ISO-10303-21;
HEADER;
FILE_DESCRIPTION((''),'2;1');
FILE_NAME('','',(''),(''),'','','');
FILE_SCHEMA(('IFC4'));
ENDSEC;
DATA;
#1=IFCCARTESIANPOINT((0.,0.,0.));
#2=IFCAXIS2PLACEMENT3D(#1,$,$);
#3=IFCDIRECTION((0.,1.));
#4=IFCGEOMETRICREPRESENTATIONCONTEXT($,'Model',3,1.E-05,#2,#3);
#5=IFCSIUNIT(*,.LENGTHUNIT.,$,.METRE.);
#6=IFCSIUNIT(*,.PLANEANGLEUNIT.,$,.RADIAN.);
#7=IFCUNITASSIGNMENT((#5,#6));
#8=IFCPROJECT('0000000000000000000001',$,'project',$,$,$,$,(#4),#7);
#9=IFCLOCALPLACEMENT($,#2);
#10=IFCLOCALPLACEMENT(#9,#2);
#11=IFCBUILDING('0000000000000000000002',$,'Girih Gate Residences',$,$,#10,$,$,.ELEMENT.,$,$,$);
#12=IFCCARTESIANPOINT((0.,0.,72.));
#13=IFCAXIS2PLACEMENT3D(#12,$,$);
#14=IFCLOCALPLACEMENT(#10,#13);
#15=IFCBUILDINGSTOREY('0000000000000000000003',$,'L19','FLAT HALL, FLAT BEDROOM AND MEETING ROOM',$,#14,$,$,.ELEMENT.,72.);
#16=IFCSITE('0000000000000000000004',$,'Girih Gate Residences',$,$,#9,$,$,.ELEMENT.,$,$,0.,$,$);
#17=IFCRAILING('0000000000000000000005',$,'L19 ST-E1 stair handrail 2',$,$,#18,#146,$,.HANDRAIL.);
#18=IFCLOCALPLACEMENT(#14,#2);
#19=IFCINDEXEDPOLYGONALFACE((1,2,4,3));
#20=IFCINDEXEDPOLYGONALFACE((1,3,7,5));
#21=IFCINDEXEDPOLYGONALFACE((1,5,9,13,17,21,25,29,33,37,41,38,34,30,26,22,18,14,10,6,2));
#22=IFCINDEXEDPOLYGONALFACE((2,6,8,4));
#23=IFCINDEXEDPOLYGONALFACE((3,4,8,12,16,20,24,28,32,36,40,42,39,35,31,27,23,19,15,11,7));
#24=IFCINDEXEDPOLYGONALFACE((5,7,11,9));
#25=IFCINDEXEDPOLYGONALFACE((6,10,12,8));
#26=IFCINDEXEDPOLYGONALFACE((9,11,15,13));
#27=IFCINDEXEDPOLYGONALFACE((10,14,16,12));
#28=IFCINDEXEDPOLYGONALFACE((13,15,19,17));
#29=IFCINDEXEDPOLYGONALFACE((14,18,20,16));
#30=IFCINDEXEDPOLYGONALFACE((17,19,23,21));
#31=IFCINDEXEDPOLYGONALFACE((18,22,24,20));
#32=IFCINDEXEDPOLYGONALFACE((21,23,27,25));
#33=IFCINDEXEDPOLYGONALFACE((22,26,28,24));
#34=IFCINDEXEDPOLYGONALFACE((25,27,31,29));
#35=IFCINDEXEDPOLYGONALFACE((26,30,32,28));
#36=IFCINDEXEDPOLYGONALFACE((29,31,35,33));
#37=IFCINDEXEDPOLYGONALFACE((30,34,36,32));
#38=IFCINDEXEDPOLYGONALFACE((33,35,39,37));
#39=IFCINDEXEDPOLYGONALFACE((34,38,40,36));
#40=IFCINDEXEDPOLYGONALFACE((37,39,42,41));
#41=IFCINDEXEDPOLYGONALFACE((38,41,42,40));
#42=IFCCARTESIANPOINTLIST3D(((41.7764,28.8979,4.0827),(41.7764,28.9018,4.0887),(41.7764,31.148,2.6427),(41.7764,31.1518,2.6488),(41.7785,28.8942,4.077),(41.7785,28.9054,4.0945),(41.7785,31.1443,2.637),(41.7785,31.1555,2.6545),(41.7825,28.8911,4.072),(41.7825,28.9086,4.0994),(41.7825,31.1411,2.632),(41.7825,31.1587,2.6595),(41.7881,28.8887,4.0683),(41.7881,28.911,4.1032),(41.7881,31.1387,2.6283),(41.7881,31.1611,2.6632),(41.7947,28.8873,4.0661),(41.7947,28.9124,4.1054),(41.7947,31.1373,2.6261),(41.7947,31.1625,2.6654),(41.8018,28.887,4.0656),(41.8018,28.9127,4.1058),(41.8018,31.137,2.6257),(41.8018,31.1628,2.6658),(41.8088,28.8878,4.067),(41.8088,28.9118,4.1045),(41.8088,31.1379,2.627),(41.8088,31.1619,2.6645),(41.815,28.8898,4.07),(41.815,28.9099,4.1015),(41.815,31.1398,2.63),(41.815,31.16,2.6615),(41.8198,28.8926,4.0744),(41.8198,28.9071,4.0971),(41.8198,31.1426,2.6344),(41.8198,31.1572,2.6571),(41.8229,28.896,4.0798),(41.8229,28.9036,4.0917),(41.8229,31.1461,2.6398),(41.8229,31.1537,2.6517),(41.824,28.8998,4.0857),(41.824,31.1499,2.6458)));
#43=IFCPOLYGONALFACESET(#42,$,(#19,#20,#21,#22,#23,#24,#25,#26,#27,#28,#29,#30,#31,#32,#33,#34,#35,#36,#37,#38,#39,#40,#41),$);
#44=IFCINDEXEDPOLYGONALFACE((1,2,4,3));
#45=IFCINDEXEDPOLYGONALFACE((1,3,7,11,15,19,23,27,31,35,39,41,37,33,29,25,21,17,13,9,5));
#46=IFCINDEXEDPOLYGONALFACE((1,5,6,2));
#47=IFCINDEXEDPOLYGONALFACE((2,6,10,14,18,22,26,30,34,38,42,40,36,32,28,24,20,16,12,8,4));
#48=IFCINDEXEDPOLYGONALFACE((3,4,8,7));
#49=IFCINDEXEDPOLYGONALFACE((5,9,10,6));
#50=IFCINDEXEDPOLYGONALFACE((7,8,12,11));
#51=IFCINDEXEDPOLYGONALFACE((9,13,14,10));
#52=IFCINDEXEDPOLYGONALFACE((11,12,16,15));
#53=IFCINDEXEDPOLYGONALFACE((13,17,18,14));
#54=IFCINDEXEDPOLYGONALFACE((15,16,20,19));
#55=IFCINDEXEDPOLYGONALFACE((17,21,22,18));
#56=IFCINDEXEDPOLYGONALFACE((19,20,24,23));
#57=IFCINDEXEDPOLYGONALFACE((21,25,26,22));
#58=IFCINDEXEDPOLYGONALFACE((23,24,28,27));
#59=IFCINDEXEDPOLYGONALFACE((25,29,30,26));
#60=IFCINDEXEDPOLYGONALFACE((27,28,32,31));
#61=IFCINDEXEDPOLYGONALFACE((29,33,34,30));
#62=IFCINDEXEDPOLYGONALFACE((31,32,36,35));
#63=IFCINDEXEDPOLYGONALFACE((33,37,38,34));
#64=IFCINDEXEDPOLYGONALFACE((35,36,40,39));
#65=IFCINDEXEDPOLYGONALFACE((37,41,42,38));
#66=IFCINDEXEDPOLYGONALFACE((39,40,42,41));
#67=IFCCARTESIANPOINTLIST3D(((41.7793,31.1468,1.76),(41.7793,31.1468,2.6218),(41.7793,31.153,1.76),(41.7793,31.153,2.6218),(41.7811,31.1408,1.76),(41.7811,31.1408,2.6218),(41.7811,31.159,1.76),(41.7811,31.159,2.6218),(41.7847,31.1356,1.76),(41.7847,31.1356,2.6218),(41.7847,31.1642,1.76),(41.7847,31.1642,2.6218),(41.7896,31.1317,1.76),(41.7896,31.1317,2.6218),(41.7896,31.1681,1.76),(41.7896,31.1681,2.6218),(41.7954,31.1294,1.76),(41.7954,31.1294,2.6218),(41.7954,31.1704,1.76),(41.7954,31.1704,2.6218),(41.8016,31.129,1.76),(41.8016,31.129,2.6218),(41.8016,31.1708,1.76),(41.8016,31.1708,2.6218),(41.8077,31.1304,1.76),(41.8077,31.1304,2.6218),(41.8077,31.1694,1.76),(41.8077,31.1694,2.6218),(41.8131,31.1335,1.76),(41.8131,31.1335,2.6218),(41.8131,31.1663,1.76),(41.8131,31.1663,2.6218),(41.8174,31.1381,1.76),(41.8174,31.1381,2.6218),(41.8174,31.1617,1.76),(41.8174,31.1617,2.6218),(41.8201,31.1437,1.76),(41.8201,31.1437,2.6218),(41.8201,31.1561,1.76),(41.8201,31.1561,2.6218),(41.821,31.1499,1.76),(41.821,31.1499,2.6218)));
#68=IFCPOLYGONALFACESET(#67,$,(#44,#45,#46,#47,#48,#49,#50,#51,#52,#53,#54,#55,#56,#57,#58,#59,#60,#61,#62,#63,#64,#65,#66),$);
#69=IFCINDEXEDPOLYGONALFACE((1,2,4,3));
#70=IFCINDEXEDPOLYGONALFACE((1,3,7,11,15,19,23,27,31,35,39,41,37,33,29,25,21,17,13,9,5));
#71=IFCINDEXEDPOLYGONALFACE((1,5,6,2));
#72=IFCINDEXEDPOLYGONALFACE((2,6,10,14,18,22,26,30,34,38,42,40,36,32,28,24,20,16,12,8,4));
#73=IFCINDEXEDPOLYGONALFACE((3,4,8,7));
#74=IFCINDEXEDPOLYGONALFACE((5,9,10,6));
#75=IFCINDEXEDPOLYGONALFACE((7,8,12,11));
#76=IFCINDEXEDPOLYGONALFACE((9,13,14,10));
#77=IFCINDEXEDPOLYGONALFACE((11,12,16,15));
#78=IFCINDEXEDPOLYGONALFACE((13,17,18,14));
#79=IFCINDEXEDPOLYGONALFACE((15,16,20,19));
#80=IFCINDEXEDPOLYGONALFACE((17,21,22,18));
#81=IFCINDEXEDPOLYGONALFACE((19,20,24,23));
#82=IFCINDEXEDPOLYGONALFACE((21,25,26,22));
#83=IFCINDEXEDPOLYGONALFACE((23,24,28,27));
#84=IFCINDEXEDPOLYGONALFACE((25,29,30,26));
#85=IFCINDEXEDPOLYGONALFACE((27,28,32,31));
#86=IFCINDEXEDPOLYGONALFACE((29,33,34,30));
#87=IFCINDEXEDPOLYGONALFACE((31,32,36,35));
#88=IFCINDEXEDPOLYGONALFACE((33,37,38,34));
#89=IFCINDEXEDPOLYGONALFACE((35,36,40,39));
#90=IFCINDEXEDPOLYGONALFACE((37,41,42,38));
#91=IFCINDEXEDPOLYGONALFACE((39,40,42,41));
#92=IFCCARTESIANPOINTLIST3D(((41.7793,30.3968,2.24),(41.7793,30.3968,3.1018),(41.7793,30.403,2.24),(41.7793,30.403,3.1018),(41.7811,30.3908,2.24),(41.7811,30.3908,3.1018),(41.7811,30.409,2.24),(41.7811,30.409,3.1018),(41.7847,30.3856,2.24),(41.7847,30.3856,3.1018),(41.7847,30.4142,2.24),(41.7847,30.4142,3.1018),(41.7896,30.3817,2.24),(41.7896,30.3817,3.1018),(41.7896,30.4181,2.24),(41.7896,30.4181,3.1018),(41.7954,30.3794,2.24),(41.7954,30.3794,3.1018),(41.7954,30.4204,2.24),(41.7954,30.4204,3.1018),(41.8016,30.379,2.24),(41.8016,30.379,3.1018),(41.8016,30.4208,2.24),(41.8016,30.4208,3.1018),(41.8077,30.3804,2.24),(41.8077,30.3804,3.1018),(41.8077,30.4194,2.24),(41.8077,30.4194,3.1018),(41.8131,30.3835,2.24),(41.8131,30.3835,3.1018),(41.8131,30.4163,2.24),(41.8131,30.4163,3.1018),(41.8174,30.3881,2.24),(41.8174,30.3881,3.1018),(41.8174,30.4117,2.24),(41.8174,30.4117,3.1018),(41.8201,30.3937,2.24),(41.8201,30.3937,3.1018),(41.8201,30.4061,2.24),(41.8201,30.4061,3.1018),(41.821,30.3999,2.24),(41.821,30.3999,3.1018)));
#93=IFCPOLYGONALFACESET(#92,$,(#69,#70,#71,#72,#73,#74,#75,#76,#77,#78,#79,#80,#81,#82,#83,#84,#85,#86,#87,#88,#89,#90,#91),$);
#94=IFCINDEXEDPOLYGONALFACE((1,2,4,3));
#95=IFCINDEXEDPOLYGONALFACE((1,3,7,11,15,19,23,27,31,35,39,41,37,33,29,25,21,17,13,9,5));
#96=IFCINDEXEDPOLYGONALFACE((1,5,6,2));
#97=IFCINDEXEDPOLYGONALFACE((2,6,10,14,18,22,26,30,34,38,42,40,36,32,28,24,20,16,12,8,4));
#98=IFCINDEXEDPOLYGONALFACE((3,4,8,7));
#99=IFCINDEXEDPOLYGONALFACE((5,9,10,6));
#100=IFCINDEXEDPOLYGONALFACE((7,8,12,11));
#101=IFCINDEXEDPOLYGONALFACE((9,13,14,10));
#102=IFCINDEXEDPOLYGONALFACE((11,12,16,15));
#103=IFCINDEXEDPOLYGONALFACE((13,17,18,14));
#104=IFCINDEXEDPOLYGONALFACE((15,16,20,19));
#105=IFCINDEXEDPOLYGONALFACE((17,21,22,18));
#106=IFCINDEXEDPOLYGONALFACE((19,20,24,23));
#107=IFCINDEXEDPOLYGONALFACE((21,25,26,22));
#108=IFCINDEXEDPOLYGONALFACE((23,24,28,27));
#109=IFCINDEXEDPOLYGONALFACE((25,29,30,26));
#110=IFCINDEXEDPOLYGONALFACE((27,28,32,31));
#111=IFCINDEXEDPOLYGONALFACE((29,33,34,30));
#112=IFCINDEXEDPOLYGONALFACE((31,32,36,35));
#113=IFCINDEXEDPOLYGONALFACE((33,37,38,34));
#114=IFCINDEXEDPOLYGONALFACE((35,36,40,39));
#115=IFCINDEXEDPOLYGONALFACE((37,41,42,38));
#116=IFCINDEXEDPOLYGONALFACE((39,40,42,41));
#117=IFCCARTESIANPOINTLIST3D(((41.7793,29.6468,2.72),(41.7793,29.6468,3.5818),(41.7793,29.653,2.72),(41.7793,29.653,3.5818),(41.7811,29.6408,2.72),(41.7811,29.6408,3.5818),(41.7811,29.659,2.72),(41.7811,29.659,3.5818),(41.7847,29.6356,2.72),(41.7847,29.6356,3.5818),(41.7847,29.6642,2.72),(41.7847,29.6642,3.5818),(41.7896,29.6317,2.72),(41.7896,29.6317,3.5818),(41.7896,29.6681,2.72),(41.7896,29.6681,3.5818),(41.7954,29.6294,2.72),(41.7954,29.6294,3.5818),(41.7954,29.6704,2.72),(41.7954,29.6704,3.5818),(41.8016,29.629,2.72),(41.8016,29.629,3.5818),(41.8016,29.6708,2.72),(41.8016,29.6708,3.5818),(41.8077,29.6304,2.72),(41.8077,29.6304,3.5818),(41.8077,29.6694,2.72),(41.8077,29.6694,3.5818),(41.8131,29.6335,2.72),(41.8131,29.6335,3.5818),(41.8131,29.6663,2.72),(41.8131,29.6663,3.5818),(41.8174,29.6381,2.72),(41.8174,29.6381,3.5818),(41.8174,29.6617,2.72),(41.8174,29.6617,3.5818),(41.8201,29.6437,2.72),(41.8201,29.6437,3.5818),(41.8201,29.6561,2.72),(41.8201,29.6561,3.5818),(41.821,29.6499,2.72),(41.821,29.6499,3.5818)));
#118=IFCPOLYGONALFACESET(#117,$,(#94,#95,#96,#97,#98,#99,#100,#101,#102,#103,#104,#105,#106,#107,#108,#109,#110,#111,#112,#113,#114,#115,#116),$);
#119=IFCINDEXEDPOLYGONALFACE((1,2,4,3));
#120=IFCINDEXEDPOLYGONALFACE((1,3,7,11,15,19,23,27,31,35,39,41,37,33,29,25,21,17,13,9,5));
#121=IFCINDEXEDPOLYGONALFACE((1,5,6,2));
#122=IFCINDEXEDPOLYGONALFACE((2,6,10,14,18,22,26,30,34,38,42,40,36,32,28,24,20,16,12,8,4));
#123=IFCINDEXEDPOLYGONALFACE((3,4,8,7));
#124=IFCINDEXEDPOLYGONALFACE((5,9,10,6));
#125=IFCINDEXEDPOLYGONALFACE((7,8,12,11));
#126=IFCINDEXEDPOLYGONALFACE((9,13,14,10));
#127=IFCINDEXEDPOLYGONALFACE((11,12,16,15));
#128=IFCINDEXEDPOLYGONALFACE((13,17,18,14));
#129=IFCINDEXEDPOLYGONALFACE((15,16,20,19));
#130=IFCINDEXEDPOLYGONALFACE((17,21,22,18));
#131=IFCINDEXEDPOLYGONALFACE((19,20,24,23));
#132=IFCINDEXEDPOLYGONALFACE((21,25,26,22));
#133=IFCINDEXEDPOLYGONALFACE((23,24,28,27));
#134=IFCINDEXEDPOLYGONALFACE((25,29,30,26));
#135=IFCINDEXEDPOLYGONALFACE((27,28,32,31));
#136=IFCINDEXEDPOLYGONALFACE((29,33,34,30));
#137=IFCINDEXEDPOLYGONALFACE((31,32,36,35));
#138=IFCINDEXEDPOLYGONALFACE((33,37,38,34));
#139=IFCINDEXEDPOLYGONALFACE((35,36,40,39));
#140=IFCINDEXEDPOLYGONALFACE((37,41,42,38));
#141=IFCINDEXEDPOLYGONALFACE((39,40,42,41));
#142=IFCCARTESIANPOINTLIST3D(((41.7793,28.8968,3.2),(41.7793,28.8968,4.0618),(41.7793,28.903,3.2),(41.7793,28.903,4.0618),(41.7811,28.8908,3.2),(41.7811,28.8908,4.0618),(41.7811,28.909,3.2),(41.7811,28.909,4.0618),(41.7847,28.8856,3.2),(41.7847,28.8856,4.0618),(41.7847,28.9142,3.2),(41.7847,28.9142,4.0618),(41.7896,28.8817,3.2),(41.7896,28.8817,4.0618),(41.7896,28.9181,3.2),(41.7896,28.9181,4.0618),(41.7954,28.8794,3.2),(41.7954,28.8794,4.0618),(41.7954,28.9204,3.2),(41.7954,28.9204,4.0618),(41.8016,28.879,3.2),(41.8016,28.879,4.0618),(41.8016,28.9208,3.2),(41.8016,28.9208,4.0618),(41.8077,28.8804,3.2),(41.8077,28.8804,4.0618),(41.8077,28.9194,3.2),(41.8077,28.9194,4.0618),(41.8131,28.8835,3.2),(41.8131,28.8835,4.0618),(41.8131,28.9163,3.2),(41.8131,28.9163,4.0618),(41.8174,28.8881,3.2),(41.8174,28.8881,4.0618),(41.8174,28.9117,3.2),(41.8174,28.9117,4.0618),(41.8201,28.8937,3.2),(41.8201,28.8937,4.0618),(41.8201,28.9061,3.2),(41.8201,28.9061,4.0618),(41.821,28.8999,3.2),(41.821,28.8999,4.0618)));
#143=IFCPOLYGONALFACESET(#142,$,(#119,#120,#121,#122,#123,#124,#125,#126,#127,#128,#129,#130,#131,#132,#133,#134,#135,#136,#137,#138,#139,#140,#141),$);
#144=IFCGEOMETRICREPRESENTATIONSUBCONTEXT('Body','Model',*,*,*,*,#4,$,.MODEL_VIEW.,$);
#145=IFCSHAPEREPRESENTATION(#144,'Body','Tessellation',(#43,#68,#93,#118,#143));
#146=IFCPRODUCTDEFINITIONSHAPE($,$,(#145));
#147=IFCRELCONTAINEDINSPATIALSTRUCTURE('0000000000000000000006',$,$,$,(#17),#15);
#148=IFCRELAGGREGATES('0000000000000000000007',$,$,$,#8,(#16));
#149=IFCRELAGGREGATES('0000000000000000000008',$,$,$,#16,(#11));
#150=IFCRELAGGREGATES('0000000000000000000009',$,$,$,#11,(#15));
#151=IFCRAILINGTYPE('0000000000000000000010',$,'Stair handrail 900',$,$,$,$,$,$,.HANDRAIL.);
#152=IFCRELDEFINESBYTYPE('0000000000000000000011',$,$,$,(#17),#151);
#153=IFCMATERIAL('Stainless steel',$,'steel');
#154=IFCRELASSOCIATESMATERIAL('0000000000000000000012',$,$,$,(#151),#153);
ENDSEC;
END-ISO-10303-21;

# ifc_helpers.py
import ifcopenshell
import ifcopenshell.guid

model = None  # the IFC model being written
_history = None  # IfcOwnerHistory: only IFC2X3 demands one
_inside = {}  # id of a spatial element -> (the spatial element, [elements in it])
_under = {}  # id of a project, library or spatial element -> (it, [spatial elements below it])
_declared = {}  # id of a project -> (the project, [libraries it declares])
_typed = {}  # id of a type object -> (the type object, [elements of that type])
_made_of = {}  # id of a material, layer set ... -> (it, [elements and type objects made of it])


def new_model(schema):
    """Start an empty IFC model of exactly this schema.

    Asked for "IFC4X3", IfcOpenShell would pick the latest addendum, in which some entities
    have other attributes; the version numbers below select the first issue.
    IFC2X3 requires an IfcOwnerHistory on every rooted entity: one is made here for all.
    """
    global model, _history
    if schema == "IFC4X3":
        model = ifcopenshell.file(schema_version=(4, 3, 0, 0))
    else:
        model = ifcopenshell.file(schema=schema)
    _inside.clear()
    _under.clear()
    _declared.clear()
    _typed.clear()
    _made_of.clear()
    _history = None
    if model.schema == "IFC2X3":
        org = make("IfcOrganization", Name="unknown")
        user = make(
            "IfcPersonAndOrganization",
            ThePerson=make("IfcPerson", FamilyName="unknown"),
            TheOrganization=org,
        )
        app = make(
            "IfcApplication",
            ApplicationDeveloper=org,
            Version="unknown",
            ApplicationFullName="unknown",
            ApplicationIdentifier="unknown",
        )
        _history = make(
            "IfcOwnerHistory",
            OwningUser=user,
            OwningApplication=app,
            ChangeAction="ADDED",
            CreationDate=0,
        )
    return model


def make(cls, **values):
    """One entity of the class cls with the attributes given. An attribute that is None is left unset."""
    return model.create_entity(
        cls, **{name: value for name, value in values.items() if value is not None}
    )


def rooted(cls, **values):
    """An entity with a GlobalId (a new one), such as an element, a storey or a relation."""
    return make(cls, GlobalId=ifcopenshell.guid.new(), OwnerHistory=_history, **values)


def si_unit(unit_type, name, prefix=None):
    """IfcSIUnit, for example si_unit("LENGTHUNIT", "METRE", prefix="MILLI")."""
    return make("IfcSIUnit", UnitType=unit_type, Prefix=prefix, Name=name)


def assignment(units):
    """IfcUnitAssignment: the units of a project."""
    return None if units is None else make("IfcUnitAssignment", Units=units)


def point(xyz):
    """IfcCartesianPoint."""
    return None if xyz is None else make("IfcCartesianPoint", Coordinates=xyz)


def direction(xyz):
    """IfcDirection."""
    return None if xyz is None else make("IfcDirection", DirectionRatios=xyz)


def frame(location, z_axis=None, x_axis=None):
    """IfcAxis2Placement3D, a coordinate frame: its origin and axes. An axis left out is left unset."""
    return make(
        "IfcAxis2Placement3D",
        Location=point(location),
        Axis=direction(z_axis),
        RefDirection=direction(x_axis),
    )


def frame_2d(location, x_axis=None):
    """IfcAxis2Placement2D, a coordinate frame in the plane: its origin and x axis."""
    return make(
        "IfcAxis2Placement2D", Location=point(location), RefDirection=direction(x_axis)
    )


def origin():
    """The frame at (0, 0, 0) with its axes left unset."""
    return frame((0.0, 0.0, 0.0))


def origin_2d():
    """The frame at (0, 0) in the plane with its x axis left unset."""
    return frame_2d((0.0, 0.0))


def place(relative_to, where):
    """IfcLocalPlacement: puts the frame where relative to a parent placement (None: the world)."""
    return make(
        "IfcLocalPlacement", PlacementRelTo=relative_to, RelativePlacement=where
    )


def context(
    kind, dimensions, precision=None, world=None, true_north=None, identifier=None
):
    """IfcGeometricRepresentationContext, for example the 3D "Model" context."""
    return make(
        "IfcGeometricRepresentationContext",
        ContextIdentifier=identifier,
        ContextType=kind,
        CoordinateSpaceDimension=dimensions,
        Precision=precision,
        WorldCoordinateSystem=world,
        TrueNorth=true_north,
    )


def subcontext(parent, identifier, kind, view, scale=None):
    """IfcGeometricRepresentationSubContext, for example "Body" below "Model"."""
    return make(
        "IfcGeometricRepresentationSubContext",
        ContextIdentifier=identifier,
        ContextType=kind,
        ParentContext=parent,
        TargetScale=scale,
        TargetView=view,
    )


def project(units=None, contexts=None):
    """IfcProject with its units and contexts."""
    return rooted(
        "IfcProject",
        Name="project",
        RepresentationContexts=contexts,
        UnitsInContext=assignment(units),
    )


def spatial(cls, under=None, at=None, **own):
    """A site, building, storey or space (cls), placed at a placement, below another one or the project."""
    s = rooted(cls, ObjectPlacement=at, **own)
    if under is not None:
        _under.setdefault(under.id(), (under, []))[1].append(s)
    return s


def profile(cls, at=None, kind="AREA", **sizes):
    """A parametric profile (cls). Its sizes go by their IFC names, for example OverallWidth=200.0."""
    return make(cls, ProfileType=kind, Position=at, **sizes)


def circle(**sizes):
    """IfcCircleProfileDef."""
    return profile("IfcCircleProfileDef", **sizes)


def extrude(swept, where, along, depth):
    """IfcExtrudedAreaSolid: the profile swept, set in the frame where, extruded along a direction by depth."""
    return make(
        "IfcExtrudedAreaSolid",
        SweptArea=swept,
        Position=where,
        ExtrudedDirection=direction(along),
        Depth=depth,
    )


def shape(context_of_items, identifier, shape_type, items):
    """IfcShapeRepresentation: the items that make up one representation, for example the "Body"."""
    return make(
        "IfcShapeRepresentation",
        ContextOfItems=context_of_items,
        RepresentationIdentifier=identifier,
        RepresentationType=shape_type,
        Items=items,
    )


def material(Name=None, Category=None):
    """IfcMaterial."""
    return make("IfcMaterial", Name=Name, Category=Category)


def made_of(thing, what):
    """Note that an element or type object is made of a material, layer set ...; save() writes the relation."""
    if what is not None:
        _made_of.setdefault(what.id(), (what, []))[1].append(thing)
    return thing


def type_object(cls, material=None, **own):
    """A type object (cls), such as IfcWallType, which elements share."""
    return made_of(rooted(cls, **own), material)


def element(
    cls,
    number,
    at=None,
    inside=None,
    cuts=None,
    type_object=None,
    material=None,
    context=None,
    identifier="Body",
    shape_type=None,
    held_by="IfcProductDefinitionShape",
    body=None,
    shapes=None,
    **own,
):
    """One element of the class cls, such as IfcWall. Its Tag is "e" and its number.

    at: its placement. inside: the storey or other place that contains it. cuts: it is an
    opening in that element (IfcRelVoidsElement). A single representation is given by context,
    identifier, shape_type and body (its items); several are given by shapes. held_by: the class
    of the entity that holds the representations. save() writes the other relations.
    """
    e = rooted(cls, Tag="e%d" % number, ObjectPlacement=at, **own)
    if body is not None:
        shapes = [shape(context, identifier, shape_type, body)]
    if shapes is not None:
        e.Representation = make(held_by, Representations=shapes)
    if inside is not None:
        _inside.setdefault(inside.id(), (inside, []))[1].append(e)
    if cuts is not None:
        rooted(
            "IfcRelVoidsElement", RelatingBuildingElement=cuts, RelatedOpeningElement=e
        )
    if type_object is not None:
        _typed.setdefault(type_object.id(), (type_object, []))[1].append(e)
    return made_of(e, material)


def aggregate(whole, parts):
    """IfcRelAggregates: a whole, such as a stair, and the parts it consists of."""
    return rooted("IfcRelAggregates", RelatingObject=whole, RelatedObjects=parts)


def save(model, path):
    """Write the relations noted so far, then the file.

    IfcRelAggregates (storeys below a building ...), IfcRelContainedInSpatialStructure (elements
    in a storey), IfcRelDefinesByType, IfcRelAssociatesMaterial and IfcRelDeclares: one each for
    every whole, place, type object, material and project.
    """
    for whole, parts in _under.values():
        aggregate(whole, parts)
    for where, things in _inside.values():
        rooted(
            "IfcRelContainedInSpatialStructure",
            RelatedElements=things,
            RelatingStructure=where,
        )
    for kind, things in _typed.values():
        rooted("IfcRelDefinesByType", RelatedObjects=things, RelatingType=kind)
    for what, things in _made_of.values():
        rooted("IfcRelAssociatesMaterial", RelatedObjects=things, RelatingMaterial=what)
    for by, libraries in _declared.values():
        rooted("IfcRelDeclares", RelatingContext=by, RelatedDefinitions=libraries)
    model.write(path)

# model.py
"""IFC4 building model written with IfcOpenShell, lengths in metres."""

from ifc_helpers import new_model, si_unit, direction, frame, origin, origin_2d, place, context, subcontext, project, spatial, circle, extrude, material, type_object, element, save


model = new_model("IFC4")

# Units and contexts
model_context = context("Model", 3, precision=1e-05, world=origin(), true_north=direction((0.0, 1.0)))
body_context = subcontext(model_context, "Body", "Model", "MODEL_VIEW")
ifc_project = project(units=[si_unit("LENGTHUNIT", "METRE"), si_unit("PLANEANGLEUNIT", "RADIAN")], contexts=[model_context])

# Site, building, storey
site_placement = place(None, origin())
site = spatial("IfcSite", under=ifc_project, at=site_placement, Name="Girih Gate Residences", CompositionType="ELEMENT", RefElevation=0.0)
building_placement = place(site_placement, origin())
building = spatial("IfcBuilding", under=site, at=building_placement, Name="Girih Gate Residences", CompositionType="ELEMENT")
storey_placement = place(building_placement, frame((0.0, 0.0, 72.0)))
storey = spatial("IfcBuildingStorey", under=building, at=storey_placement, Name="L19", Description="FLAT HALL, FLAT BEDROOM AND MEETING ROOM", CompositionType="ELEMENT", Elevation=72.0)

# Railing
ifc_material_1 = material(Name="Stainless steel", Category="steel")
railing_type_1 = type_object("IfcRailingType", Name="Stair handrail 900", PredefinedType="HANDRAIL", material=ifc_material_1)
railing_1_placement = place(storey_placement, frame((41.8, 31.1499, 1.76)))
element("IfcRailing", 1, at=railing_1_placement, inside=storey, type_object=railing_type_1, Name="L19 ST-E1 stair handrail 2", PredefinedType="HANDRAIL", context=body_context, shape_type="SweptSolid", body=[
    extrude(circle(Radius=0.0239, at=origin_2d()), frame((0.0, 0.0, 0.8857), z_axis=(0.0, -0.842281, 0.539038), x_axis=(1.0, 0.0, 0.0)), (0.0, 0.0, 1.0), 2.6714),
    extrude(circle(Radius=0.021, at=origin_2d()), origin(), (0.0, 0.0, 1.0), 0.8618),
    extrude(circle(Radius=0.021, at=origin_2d()), frame((0.0, -0.75, 0.48)), (0.0, 0.0, 1.0), 0.8618),
    extrude(circle(Radius=0.021, at=origin_2d()), frame((0.0, -1.5, 0.96)), (0.0, 0.0, 1.0), 0.8618),
    extrude(circle(Radius=0.021, at=origin_2d()), frame((0.0, -2.25, 1.4399)), (0.0, 0.0, 1.0), 0.8618),
])

save(model, "model.ifc")
